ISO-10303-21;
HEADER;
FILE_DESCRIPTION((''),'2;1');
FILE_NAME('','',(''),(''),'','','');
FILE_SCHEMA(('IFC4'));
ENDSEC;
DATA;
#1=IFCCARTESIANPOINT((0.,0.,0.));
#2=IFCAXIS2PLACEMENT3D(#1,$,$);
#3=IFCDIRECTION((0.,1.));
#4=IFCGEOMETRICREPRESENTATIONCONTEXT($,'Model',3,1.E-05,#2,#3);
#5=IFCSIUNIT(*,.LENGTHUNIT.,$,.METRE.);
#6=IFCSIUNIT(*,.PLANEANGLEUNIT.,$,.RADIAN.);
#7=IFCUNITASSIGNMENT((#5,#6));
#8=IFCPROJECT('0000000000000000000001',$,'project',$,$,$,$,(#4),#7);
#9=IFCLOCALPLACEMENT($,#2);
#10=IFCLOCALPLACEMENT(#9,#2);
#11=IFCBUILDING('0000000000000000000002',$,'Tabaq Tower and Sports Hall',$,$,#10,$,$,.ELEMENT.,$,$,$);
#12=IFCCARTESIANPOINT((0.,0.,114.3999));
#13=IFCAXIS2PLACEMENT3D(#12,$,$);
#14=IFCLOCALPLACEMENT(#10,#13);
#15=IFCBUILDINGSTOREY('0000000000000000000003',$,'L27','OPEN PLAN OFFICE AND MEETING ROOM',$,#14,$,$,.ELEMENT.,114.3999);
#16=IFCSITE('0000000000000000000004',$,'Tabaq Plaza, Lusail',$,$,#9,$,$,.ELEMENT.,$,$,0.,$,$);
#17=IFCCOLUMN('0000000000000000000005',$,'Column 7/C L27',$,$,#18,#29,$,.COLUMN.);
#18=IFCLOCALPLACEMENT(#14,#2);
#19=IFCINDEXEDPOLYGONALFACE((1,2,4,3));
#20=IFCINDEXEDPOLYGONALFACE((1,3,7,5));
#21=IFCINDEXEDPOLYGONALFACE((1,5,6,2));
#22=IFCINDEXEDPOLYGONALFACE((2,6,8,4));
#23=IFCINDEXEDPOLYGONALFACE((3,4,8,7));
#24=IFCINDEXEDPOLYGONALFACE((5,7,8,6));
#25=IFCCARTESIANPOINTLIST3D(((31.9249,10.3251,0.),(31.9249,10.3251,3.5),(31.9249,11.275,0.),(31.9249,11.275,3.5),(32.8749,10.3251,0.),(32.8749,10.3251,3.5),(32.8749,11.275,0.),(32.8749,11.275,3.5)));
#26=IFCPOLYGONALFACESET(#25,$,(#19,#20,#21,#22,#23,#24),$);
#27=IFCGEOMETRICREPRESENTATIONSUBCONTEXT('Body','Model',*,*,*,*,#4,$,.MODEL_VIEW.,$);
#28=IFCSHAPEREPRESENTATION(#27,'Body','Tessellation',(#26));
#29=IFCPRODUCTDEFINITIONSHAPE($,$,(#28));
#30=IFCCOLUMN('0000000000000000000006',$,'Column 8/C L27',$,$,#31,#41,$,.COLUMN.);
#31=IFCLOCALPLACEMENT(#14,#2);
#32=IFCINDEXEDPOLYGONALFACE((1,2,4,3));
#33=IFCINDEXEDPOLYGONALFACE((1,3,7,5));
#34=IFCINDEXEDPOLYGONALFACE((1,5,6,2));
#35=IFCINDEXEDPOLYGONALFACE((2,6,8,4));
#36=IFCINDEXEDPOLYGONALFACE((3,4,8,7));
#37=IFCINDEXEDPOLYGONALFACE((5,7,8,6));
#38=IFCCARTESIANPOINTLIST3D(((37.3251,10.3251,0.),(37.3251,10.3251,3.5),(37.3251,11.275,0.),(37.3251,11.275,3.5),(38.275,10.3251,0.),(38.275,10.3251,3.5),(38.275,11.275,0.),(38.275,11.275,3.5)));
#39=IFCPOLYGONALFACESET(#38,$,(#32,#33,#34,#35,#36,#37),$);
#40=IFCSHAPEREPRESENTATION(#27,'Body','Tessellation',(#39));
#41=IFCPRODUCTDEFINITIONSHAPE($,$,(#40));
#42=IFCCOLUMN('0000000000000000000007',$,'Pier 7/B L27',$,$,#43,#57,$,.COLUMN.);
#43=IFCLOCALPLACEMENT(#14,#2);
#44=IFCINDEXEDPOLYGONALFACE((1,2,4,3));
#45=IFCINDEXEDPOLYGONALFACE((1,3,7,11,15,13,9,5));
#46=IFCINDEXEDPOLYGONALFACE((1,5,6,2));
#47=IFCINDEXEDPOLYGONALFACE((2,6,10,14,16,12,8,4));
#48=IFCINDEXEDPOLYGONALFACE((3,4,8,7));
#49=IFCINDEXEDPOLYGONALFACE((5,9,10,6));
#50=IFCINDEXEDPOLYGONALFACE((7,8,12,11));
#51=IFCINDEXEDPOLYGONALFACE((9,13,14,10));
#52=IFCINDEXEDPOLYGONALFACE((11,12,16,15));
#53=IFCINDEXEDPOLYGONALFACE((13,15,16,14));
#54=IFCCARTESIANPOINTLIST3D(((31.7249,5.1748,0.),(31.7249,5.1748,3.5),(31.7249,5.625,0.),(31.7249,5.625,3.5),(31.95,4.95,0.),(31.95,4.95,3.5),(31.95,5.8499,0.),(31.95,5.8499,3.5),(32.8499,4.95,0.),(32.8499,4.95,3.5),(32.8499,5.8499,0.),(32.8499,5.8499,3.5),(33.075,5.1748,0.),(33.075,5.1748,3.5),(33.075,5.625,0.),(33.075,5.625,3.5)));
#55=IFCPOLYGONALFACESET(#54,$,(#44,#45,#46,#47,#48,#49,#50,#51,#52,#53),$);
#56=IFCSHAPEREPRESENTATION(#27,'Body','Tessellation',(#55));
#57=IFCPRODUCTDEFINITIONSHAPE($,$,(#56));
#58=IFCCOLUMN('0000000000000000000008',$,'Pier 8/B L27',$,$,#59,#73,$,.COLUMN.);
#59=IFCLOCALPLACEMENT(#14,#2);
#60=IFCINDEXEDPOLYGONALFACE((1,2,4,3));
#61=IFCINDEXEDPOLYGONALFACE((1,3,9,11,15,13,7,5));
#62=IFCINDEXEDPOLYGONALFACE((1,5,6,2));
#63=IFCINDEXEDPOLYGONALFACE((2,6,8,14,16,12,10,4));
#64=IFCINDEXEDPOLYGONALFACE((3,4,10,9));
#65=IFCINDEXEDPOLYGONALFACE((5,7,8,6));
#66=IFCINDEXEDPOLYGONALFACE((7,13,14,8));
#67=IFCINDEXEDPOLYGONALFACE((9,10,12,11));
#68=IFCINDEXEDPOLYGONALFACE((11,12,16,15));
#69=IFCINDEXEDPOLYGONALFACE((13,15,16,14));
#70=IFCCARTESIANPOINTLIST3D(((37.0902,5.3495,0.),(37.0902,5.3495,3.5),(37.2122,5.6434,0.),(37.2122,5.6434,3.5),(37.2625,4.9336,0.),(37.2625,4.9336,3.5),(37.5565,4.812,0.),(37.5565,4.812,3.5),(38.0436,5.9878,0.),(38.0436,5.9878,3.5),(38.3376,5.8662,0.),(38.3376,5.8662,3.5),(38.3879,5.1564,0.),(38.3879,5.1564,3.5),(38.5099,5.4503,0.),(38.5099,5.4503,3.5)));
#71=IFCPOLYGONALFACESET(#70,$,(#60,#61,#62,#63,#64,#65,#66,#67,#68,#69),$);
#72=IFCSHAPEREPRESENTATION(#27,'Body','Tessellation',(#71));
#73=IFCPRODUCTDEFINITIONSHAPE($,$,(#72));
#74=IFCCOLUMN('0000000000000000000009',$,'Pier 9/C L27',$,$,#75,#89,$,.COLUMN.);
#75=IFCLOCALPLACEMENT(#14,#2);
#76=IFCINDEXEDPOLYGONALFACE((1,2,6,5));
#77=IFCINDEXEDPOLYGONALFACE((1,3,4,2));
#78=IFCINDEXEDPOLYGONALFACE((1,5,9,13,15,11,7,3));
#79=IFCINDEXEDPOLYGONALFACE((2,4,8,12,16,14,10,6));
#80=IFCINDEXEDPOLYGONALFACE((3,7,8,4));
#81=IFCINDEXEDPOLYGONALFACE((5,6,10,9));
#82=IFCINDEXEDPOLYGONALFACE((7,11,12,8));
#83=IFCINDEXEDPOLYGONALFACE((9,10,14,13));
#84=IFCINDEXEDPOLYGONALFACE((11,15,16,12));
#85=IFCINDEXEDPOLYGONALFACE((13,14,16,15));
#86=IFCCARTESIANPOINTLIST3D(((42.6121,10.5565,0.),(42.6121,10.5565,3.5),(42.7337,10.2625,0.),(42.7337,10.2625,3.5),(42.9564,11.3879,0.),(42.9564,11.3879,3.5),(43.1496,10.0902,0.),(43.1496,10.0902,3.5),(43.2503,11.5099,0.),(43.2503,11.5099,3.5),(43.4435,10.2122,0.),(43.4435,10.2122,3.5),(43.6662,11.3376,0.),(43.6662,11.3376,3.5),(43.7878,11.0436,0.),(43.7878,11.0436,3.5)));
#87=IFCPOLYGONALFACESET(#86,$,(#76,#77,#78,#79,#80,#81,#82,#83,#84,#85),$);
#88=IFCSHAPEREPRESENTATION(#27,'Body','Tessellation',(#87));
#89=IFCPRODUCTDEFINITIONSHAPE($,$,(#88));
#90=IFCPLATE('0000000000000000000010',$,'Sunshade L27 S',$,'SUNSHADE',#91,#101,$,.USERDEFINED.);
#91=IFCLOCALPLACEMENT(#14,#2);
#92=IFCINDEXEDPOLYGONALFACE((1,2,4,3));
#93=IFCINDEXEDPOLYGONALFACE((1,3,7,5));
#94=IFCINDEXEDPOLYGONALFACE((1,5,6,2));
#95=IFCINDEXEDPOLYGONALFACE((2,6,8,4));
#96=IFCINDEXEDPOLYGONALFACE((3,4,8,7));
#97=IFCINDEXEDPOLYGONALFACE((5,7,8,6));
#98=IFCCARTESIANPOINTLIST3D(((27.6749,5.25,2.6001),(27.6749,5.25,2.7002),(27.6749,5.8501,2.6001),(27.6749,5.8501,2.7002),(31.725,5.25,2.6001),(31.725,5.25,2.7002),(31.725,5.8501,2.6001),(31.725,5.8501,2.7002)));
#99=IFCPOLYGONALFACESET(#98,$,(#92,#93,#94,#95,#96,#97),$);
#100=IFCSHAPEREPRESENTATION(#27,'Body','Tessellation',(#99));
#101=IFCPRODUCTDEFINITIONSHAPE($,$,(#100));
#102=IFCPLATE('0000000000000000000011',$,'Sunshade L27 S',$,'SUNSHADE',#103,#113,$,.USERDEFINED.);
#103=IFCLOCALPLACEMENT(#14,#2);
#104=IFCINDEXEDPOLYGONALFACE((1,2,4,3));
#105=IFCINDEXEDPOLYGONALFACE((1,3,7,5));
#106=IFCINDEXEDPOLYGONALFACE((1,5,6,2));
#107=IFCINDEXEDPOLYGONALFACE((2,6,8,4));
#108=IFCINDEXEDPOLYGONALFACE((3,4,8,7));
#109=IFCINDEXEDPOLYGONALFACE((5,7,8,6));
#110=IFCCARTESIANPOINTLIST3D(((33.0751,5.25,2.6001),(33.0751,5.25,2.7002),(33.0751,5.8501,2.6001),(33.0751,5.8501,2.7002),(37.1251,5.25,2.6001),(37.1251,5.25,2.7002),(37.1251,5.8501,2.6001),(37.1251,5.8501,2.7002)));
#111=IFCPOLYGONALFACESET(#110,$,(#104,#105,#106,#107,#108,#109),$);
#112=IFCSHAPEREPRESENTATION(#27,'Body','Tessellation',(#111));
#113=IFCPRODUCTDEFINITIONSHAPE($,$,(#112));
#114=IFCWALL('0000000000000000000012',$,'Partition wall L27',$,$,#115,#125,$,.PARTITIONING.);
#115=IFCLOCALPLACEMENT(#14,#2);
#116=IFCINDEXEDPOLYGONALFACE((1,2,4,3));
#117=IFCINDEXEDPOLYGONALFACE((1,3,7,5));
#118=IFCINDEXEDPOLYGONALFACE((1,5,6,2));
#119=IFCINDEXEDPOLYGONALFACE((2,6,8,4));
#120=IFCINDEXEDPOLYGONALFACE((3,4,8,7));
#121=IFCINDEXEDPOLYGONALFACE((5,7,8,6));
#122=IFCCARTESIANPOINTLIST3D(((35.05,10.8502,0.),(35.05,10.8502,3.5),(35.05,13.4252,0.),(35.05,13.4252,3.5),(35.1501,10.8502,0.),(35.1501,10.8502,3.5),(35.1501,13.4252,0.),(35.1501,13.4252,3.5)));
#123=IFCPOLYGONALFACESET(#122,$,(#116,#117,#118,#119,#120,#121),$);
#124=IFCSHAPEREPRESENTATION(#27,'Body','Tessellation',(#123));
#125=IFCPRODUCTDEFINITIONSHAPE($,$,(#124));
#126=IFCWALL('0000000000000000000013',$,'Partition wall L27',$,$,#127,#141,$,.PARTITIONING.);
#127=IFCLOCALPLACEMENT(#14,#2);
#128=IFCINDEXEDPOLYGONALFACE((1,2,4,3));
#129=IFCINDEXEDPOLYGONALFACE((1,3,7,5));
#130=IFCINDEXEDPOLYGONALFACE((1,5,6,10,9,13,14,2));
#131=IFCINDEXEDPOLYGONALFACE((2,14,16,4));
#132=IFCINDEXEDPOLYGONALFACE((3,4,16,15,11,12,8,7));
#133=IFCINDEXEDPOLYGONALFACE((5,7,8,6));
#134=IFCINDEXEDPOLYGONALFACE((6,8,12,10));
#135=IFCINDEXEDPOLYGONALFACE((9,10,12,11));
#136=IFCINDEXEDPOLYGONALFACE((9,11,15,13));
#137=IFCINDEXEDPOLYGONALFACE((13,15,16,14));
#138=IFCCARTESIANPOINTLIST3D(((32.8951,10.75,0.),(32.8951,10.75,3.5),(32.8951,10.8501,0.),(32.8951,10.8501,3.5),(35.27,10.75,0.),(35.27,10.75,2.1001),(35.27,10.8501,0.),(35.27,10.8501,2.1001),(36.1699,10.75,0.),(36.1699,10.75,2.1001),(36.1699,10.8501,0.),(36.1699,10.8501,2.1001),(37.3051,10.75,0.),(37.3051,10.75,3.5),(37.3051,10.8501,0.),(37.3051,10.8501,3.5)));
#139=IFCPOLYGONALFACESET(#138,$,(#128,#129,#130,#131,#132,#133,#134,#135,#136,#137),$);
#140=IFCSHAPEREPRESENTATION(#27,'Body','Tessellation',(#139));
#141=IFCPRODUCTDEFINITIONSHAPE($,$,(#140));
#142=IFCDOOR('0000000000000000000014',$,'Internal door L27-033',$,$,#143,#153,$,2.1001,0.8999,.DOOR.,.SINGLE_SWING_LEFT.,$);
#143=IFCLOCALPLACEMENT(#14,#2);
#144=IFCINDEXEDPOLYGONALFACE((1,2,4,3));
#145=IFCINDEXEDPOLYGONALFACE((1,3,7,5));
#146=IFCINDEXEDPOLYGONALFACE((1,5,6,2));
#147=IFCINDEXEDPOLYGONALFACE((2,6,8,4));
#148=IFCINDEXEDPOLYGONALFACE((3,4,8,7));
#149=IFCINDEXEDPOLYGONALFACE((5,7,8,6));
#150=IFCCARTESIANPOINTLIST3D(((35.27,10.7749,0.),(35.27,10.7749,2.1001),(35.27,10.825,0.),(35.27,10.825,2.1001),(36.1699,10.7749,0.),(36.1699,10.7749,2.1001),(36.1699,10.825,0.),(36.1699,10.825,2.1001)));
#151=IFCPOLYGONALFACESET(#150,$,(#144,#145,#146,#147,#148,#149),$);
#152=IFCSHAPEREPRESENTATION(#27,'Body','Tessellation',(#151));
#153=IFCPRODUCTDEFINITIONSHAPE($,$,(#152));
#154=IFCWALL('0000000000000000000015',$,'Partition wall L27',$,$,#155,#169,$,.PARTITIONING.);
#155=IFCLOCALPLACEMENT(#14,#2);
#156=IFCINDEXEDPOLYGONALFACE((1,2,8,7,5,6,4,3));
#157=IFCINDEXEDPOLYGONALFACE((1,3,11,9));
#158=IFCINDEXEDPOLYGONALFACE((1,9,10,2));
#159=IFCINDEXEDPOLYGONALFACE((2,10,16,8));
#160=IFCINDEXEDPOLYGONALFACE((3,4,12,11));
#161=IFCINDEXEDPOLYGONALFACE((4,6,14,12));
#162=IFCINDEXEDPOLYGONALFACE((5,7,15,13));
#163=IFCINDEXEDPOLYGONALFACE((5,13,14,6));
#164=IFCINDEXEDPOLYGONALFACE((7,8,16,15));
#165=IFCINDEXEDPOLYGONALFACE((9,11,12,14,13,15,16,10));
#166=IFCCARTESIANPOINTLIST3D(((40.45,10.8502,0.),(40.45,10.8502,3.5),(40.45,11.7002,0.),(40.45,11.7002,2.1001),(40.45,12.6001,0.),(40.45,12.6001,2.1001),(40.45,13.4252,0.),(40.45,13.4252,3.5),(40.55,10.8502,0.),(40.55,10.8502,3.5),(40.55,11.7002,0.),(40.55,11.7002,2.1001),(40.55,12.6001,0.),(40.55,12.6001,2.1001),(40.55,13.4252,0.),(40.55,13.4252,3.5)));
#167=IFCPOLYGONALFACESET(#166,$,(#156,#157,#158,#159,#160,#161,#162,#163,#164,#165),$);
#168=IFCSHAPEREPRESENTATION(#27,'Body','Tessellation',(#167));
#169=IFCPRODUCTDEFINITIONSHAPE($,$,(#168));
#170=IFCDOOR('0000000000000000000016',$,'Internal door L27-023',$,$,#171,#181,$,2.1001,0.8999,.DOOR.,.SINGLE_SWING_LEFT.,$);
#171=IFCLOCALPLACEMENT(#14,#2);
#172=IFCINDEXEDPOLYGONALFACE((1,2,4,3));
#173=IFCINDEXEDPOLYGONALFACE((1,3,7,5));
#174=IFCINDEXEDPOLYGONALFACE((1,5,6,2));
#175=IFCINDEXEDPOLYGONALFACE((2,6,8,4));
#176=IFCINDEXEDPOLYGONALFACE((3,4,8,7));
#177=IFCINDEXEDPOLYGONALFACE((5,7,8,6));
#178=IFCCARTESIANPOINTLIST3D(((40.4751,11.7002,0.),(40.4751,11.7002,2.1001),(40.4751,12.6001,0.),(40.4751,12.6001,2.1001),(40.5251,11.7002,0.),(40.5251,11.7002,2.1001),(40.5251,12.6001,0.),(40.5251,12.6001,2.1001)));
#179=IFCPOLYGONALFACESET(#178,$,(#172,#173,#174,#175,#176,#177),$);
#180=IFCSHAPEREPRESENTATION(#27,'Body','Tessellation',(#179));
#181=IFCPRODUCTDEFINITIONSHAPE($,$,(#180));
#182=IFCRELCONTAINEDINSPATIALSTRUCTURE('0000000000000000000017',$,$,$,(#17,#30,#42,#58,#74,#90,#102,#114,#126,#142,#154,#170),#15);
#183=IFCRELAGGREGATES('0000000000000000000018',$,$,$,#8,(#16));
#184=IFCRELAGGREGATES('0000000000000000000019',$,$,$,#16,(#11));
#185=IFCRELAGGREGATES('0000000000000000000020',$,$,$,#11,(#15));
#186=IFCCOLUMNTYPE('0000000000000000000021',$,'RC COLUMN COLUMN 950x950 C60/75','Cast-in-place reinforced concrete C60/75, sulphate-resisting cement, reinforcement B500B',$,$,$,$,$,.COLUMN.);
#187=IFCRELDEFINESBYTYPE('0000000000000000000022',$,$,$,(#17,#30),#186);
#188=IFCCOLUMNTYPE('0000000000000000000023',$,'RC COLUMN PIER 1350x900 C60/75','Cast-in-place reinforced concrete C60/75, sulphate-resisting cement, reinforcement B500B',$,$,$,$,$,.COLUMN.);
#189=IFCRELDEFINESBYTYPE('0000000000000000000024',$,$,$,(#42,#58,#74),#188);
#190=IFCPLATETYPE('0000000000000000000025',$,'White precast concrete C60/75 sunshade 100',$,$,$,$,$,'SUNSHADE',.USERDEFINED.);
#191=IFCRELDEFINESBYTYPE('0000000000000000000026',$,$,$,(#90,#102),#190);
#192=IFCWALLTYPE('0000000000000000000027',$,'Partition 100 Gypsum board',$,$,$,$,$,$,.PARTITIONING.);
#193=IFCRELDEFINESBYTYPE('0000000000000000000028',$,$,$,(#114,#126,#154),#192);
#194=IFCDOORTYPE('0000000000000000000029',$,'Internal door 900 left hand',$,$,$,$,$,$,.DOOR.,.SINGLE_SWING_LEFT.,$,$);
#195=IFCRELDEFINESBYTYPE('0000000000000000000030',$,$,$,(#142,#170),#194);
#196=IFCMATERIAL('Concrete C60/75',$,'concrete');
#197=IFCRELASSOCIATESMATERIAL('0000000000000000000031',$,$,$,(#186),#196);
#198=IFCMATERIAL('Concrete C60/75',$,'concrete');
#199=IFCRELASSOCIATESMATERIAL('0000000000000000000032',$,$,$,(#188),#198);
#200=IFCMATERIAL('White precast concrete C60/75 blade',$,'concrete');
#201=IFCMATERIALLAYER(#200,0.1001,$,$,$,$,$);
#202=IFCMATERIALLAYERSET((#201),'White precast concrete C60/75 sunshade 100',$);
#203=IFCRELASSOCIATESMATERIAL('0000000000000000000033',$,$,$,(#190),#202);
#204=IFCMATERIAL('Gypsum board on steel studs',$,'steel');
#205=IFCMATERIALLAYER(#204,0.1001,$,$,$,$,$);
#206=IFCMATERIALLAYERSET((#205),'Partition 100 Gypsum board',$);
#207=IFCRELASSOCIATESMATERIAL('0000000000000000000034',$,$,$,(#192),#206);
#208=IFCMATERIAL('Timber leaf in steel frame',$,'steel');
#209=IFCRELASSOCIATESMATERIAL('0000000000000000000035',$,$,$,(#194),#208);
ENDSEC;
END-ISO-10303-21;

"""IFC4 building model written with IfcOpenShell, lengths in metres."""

from ifc_helpers import new_model, si_unit, direction, frame, frame_2d, origin, origin_2d, place, context, subcontext, project, spatial, polyline, rectangle, outline, extrude, material, layer, layer_set, material_profile, profile_set, type_object, element, fill, save


model = new_model("IFC4")

# Units and contexts
model_context = context("Model", 3, precision=1e-05, world=origin(), true_north=direction((0.0, 1.0)))
body_context = subcontext(model_context, "Body", "Model", "MODEL_VIEW")
ifc_project = project(units=[si_unit("LENGTHUNIT", "METRE"), si_unit("PLANEANGLEUNIT", "RADIAN")], contexts=[model_context])

# Site, building, storey
site_placement = place(None, origin())
site = spatial("IfcSite", under=ifc_project, at=site_placement, Name="Tabaq Plaza, Lusail", CompositionType="ELEMENT", RefElevation=0.0)
building_placement = place(site_placement, origin())
building = spatial("IfcBuilding", under=site, at=building_placement, Name="Tabaq Tower and Sports Hall", CompositionType="ELEMENT")
storey_placement = place(building_placement, frame((0.0, 0.0, 114.3999)))
storey = spatial("IfcBuildingStorey", under=building, at=storey_placement, Name="L27", Description="OPEN PLAN OFFICE AND MEETING ROOM", CompositionType="ELEMENT", Elevation=114.3999)

# Columns
ifc_material_1 = material(Name="Concrete C60/75", Category="concrete")
ifc_material_profile_1 = material_profile(ifc_material_1, rectangle(XDim=0.95, YDim=0.95, at=origin_2d()), Name="COLUMN 950x950")
ifc_profile_set_1 = profile_set([ifc_material_profile_1], Name="Concrete C60/75")
column_type_1 = type_object("IfcColumnType", Name="RC COLUMN COLUMN 950x950 C60/75", Description="Cast-in-place reinforced concrete C60/75, sulphate-resisting cement, reinforcement B500B", PredefinedType="COLUMN", material=ifc_profile_set_1)
for number, where, z_axis, x_axis, name in (
    (1, (32.3999, 10.8, 0.0), (0.0, 0.0, 1.0), (1.0, 0.0, 0.0), "Column 7/C L27"),
    (2, (37.8, 10.8, 0.0), (0.0, 0.0, 1.0), (1.0, 0.0, 0.0), "Column 8/C L27"),
):
    element("IfcColumn", number, at=place(storey_placement, frame(where, z_axis=z_axis, x_axis=x_axis)), inside=storey, type_object=column_type_1, Name=name, PredefinedType="COLUMN", context=body_context, shape_type="SweptSolid", body=[
        extrude(rectangle(XDim=0.95, YDim=0.95, at=origin_2d()), origin(), (0.0, 0.0, 1.0), 3.5),
    ])
ifc_material_2 = material(Name="Concrete C60/75", Category="concrete")
ifc_material_profile_2 = material_profile(ifc_material_2, outline(polyline([(-0.45, -0.45), (0.45, -0.45), (0.675, -0.2251), (0.675, 0.2251), (0.45, 0.45), (-0.45, 0.45), (-0.675, 0.2251), (-0.675, -0.2251), (-0.45, -0.45)])), Name="PIER 1350x900")
ifc_profile_set_2 = profile_set([ifc_material_profile_2], Name="Concrete C60/75")
column_type_2 = type_object("IfcColumnType", Name="RC COLUMN PIER 1350x900 C60/75", Description="Cast-in-place reinforced concrete C60/75, sulphate-resisting cement, reinforcement B500B", PredefinedType="COLUMN", material=ifc_profile_set_2)
for number, where, z_axis, x_axis, name in (
    (3, (32.3999, 5.3999, 0.0), (0.0, 0.0, 1.0), (1.0, 0.0, 0.0), "Pier 7/B L27"),
    (4, (37.8, 5.3999, 0.0), (0.0, 0.0, 1.0), (0.92388, 0.382683, 0.0), "Pier 8/B L27"),
    (5, (43.2, 10.8, 0.0), (0.0, 0.0, 1.0), (0.382683, 0.92388, 0.0), "Pier 9/C L27"),
):
    element("IfcColumn", number, at=place(storey_placement, frame(where, z_axis=z_axis, x_axis=x_axis)), inside=storey, type_object=column_type_2, Name=name, PredefinedType="COLUMN", context=body_context, shape_type="SweptSolid", body=[
        extrude(outline(polyline([(-0.45, -0.45), (0.45, -0.45), (0.675, -0.2251), (0.675, 0.2251), (0.45, 0.45), (-0.45, 0.45), (-0.675, 0.2251), (-0.675, -0.2251), (-0.45, -0.45)])), origin(), (0.0, 0.0, 1.0), 3.5),
    ])

# Plates
ifc_material_3 = material(Name="White precast concrete C60/75 blade", Category="concrete")
ifc_layer_1 = layer(ifc_material_3, 0.1001)
ifc_layer_set_1 = layer_set([ifc_layer_1], Name="White precast concrete C60/75 sunshade 100")
plate_type = type_object("IfcPlateType", Name="White precast concrete C60/75 sunshade 100", ElementType="SUNSHADE", PredefinedType="USERDEFINED", material=ifc_layer_set_1)
for number, where, z_axis, x_axis, name in (
    (6, (29.7, 5.55, 2.6001), (0.0, 0.0, 1.0), (1.0, 0.0, 0.0), "Sunshade L27 S"),
    (7, (35.1001, 5.55, 2.6001), (0.0, 0.0, 1.0), (1.0, 0.0, 0.0), "Sunshade L27 S"),
):
    element("IfcPlate", number, at=place(storey_placement, frame(where, z_axis=z_axis, x_axis=x_axis)), inside=storey, type_object=plate_type, Name=name, ObjectType="SUNSHADE", PredefinedType="USERDEFINED", context=body_context, shape_type="SweptSolid", body=[
        extrude(rectangle(XDim=4.05, YDim=0.6001, at=origin_2d()), origin(), (0.0, 0.0, 1.0), 0.1001),
    ])

# Wall
ifc_material_4 = material(Name="Gypsum board on steel studs", Category="steel")
ifc_layer_2 = layer(ifc_material_4, 0.1001)
ifc_layer_set_2 = layer_set([ifc_layer_2], Name="Partition 100 Gypsum board")
wall_type_1 = type_object("IfcWallType", Name="Partition 100 Gypsum board", PredefinedType="PARTITIONING", material=ifc_layer_set_2)
wall_1_placement = place(storey_placement, frame((35.1001, 10.8501, 0.0), z_axis=(0.0, 0.0, 1.0), x_axis=(0.0, 1.0, 0.0)))
element("IfcWall", 8, at=wall_1_placement, inside=storey, type_object=wall_type_1, Name="Partition wall L27", PredefinedType="PARTITIONING", context=body_context, shape_type="SweptSolid", body=[
    extrude(rectangle(XDim=2.575, YDim=0.1001, at=frame_2d((1.2876, 0.0))), origin(), (0.0, 0.0, 1.0), 3.5),
])

# Walls, openings, doors
wall_2_placement = place(storey_placement, frame((32.895, 10.8, 0.0), z_axis=(0.0, 0.0, 1.0), x_axis=(1.0, 0.0, 0.0)))
wall_2 = element("IfcWall", 9, at=wall_2_placement, inside=storey, type_object=wall_type_1, Name="Partition wall L27", PredefinedType="PARTITIONING", context=body_context, shape_type="SweptSolid", body=[
    extrude(rectangle(XDim=4.4099, YDim=0.1001, at=frame_2d((2.2051, 0.0))), origin(), (0.0, 0.0, 1.0), 3.5),
])
opening_1_placement = place(wall_2_placement, frame((2.375, 0.0, 0.0)))
opening_1 = element("IfcOpeningElement", 10, at=opening_1_placement, cuts=wall_2, PredefinedType="OPENING", context=body_context, shape_type="SweptSolid", body=[
    extrude(rectangle(XDim=0.8999, YDim=2.1001, at=frame_2d((0.45, 1.05))), frame((0.0, 0.05, 0.0), z_axis=(0.0, -1.0, 0.0), x_axis=(1.0, 0.0, 0.0)), (0.0, 0.0, 1.0), 0.1001),
])
ifc_material_5 = material(Name="Timber leaf in steel frame", Category="steel")
door_type = type_object("IfcDoorType", Name="Internal door 900 left hand", OperationType="SINGLE_SWING_LEFT", PredefinedType="DOOR", material=ifc_material_5)
door_1_placement = place(opening_1_placement, origin())
door_1 = element("IfcDoor", 11, at=door_1_placement, inside=storey, type_object=door_type, Name="Internal door L27-033", OperationType="SINGLE_SWING_LEFT", OverallHeight=2.1001, OverallWidth=0.8999, PredefinedType="DOOR", context=body_context, shape_type="SweptSolid", body=[
    extrude(rectangle(XDim=0.8999, YDim=2.1001, at=frame_2d((0.45, 1.05))), frame((0.0, 0.0249, 0.0), z_axis=(0.0, -1.0, 0.0), x_axis=(1.0, 0.0, 0.0)), (0.0, 0.0, 1.0), 0.05),
])
fill(opening_1, door_1)
wall_3_placement = place(storey_placement, frame((40.5, 10.8501, 0.0), z_axis=(0.0, 0.0, 1.0), x_axis=(0.0, 1.0, 0.0)))
wall_3 = element("IfcWall", 12, at=wall_3_placement, inside=storey, type_object=wall_type_1, Name="Partition wall L27", PredefinedType="PARTITIONING", context=body_context, shape_type="SweptSolid", body=[
    extrude(rectangle(XDim=2.575, YDim=0.1001, at=frame_2d((1.2876, 0.0))), origin(), (0.0, 0.0, 1.0), 3.5),
])
opening_2_placement = place(wall_3_placement, frame((0.8501, 0.0, 0.0)))
opening_2 = element("IfcOpeningElement", 13, at=opening_2_placement, cuts=wall_3, PredefinedType="OPENING", context=body_context, shape_type="SweptSolid", body=[
    extrude(rectangle(XDim=0.8999, YDim=2.1001, at=frame_2d((0.45, 1.05))), frame((0.0, 0.05, 0.0), z_axis=(0.0, -1.0, 0.0), x_axis=(1.0, 0.0, 0.0)), (0.0, 0.0, 1.0), 0.1001),
])
door_2_placement = place(opening_2_placement, origin())
door_2 = element("IfcDoor", 14, at=door_2_placement, inside=storey, type_object=door_type, Name="Internal door L27-023", OperationType="SINGLE_SWING_LEFT", OverallHeight=2.1001, OverallWidth=0.8999, PredefinedType="DOOR", context=body_context, shape_type="SweptSolid", body=[
    extrude(rectangle(XDim=0.8999, YDim=2.1001, at=frame_2d((0.45, 1.05))), frame((0.0, 0.0249, 0.0), z_axis=(0.0, -1.0, 0.0), x_axis=(1.0, 0.0, 0.0)), (0.0, 0.0, 1.0), 0.05),
])
fill(opening_2, door_2)

save(model, "model.ifc")
